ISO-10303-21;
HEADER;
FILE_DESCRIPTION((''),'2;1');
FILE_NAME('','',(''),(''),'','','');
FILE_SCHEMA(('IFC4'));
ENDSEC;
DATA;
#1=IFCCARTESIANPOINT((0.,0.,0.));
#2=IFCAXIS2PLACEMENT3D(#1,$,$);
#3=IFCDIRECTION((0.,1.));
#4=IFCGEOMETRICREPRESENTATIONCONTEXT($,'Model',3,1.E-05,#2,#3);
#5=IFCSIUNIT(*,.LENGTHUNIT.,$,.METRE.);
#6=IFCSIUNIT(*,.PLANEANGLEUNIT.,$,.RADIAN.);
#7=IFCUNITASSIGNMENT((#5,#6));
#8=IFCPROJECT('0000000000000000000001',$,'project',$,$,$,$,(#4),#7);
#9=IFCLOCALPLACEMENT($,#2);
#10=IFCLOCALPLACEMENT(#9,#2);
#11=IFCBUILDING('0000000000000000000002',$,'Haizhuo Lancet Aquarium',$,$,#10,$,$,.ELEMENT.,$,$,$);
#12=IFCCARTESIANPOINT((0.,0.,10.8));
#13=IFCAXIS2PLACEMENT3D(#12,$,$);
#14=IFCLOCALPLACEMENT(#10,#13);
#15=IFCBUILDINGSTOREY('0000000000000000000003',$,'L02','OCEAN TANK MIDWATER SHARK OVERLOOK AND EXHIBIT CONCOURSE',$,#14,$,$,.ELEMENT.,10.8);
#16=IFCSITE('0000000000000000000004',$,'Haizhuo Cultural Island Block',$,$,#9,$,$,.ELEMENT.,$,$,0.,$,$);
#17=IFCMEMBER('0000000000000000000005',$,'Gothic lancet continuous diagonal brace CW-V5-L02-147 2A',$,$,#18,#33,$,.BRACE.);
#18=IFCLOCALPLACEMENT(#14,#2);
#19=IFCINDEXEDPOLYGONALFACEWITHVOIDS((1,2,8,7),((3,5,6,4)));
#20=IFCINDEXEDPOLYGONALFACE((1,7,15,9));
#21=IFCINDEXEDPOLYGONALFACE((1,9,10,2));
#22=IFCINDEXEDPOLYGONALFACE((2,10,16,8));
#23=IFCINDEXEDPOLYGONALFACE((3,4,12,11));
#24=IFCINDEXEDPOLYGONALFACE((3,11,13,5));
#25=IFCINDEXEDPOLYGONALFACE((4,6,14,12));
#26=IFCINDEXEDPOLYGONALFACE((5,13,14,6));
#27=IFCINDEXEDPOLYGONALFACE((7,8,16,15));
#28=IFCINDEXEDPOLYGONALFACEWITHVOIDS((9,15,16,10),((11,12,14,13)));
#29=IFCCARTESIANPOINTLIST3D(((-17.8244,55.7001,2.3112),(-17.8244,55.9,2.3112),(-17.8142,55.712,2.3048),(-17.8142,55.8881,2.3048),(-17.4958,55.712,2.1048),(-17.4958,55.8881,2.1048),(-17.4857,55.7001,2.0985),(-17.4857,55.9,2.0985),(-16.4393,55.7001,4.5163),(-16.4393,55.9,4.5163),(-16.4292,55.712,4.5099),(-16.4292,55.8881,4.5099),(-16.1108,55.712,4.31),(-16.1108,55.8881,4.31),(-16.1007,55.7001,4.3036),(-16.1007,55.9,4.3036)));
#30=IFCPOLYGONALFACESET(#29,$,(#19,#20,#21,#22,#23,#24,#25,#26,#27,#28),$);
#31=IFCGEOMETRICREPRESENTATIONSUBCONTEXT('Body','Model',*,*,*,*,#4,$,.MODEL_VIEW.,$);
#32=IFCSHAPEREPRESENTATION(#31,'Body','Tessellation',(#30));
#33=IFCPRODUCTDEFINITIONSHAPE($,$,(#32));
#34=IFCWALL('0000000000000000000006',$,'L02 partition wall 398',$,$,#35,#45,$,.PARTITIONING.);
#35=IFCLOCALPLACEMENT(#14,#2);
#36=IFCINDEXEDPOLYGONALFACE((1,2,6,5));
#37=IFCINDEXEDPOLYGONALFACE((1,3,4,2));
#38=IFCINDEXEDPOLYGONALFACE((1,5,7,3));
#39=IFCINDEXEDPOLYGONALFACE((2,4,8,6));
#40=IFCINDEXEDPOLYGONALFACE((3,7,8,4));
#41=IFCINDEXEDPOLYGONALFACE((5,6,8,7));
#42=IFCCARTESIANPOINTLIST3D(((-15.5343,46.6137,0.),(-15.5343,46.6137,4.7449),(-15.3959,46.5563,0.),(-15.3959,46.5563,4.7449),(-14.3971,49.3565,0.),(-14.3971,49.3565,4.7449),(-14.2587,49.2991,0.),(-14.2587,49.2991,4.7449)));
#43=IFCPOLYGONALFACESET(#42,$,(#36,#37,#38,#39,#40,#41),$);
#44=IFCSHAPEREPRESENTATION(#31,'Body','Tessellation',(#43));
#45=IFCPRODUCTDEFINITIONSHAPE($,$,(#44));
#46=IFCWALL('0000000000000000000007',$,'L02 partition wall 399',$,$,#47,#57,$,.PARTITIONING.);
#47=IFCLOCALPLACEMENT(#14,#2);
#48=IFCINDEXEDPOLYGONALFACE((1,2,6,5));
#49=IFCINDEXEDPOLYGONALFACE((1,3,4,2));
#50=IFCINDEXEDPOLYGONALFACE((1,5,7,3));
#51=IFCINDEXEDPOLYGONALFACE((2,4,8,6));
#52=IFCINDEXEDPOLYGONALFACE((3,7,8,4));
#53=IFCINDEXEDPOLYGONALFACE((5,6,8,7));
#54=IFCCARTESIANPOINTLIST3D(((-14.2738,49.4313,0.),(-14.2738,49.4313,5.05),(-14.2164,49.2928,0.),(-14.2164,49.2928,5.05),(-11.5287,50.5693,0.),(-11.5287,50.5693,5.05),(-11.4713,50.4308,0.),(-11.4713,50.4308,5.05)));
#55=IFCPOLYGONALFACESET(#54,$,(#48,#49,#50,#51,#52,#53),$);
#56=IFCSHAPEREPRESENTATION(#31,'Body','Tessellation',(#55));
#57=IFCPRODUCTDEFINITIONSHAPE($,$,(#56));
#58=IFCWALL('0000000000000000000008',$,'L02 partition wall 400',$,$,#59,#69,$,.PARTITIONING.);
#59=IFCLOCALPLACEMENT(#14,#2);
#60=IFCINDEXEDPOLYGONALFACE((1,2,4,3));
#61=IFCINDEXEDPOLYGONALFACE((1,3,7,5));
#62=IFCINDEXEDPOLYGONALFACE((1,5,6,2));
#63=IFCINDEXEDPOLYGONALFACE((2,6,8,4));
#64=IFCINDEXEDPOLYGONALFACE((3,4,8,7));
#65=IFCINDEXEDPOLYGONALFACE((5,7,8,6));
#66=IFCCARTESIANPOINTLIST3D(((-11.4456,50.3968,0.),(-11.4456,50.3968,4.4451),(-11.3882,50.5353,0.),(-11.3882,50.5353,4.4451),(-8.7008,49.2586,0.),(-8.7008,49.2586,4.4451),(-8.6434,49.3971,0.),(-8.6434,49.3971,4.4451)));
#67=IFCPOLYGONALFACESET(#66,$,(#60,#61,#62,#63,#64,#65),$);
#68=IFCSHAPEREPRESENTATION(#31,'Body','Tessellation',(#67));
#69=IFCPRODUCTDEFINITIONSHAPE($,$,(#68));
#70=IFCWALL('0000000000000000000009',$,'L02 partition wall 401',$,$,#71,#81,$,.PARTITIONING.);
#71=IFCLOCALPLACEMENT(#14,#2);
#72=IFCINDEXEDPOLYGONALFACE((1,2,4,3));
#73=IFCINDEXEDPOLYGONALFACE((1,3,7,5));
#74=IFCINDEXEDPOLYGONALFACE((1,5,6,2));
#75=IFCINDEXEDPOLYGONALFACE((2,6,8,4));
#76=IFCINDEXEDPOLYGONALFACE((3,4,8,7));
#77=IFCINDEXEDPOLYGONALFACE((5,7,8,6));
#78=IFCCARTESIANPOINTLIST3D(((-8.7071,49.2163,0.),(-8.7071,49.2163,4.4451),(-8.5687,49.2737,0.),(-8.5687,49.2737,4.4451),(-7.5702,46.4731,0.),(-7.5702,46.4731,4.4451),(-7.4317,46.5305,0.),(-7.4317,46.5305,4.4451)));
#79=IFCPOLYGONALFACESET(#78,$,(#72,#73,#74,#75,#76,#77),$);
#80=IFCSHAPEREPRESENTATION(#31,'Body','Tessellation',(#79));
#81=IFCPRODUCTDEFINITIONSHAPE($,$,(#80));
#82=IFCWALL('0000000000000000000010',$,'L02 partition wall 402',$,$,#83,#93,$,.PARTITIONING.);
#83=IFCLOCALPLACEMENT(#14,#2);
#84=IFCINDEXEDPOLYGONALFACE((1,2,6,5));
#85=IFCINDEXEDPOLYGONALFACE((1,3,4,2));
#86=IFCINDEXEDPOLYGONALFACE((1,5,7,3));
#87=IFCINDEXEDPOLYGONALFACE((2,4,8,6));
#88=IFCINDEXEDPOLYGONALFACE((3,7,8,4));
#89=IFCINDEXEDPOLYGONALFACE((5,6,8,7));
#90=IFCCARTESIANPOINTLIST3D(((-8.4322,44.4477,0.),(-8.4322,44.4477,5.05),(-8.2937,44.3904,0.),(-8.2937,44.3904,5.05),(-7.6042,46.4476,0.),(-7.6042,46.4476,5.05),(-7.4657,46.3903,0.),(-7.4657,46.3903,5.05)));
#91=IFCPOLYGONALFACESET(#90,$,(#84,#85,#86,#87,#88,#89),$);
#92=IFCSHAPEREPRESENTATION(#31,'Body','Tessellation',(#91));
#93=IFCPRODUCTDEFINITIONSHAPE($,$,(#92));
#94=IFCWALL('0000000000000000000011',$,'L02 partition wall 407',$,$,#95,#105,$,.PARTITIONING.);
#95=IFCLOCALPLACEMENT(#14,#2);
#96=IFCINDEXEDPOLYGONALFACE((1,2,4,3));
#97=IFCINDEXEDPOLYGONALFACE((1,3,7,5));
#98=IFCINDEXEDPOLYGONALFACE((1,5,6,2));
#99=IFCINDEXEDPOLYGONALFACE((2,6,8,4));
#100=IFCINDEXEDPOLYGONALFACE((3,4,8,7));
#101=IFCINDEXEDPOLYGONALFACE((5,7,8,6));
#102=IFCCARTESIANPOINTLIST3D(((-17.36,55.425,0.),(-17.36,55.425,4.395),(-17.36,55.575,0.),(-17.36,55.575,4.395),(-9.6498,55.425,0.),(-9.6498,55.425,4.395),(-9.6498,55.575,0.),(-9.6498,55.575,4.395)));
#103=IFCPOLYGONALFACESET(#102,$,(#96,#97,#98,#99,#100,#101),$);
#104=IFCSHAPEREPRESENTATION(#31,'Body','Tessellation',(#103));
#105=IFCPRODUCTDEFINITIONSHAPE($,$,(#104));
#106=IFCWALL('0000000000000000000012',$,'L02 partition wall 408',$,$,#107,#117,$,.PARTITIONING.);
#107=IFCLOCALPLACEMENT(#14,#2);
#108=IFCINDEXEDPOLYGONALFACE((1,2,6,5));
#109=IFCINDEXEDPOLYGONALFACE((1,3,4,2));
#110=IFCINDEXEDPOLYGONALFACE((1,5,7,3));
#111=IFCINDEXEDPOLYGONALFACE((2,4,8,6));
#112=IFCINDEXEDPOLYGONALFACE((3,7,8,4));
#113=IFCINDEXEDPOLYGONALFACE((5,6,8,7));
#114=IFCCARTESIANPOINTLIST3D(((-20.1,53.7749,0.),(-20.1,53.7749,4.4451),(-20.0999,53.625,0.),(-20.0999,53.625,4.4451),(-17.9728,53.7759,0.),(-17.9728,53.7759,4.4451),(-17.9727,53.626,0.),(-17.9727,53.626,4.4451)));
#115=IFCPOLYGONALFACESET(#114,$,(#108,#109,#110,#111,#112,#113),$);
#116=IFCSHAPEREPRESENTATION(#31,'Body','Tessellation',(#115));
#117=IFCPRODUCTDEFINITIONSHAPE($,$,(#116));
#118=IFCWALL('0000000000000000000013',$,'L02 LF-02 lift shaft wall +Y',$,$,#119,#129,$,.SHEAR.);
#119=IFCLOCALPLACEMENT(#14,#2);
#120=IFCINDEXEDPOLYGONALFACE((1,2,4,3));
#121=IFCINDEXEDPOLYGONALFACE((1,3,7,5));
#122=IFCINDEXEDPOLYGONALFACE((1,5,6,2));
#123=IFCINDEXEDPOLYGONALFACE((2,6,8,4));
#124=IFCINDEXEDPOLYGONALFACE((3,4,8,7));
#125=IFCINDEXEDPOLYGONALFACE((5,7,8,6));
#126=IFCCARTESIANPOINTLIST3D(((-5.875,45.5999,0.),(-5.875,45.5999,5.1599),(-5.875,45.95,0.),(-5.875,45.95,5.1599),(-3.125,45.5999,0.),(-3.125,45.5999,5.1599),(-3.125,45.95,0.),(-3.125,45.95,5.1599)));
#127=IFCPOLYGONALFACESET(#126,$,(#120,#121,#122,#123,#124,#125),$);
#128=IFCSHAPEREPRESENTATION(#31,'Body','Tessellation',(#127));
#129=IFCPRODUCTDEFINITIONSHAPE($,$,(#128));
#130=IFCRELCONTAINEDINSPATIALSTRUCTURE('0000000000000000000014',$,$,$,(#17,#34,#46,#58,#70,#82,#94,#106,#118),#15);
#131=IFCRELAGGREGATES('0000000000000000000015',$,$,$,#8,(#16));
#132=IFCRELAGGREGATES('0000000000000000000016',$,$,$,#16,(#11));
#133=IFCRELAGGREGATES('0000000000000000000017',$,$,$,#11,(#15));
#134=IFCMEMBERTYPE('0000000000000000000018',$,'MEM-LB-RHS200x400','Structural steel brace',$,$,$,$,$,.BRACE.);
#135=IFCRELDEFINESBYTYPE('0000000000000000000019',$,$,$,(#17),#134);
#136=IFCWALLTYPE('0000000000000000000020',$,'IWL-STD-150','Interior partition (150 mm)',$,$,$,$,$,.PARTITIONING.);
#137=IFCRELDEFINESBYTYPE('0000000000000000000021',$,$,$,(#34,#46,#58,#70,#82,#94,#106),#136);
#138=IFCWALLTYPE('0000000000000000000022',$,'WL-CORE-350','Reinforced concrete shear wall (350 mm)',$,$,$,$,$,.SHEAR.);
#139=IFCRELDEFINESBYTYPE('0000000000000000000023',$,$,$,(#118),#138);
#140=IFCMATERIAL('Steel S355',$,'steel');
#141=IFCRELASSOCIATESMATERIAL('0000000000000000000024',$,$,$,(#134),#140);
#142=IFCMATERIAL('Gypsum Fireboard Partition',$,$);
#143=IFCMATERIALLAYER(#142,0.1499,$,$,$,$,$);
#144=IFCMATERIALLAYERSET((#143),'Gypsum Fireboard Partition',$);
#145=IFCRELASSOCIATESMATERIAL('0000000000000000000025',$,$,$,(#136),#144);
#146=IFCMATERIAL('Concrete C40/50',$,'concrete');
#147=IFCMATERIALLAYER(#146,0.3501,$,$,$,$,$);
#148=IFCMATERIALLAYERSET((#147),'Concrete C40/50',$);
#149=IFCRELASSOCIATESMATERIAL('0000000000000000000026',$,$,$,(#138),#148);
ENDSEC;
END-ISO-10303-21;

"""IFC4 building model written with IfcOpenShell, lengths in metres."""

from ifc_helpers import new_model, si_unit, direction, frame, frame_2d, origin, origin_2d, place, context, subcontext, project, spatial, rectangle, hollow_rectangle, extrude, material, layer, layer_set, material_profile, profile_set, type_object, element, save


model = new_model("IFC4")

# Units and contexts
model_context = context("Model", 3, precision=1e-05, world=origin(), true_north=direction((0.0, 1.0)))
body_context = subcontext(model_context, "Body", "Model", "MODEL_VIEW")
ifc_project = project(units=[si_unit("LENGTHUNIT", "METRE"), si_unit("PLANEANGLEUNIT", "RADIAN")], contexts=[model_context])

# Site, building, storey
site_placement = place(None, origin())
site = spatial("IfcSite", under=ifc_project, at=site_placement, Name="Haizhuo Cultural Island Block", CompositionType="ELEMENT", RefElevation=0.0)
building_placement = place(site_placement, origin())
building = spatial("IfcBuilding", under=site, at=building_placement, Name="Haizhuo Lancet Aquarium", CompositionType="ELEMENT")
storey_placement = place(building_placement, frame((0.0, 0.0, 10.8)))
storey = spatial("IfcBuildingStorey", under=building, at=storey_placement, Name="L02", Description="OCEAN TANK MIDWATER SHARK OVERLOOK AND EXHIBIT CONCOURSE", CompositionType="ELEMENT", Elevation=10.8)

# Shared definitions
ifc_material_1 = material(Name="Concrete C40/50", Category="concrete")

# Shared definitions
ifc_material_2 = material(Name="Steel S355", Category="steel")

# Member
ifc_material_profile_1 = material_profile(ifc_material_2, hollow_rectangle(XDim=0.2, YDim=0.3999, WallThickness=0.012, at=origin_2d()), Name="RHS 200x400x12")
ifc_profile_set_1 = profile_set([ifc_material_profile_1], Name="Steel S355")
member_type_1 = type_object("IfcMemberType", Name="MEM-LB-RHS200x400", Description="Structural steel brace", PredefinedType="BRACE", material=ifc_profile_set_1)
member_1_placement = place(storey_placement, frame((-17.655, 55.8, 2.2048), z_axis=(0.531885, 0.0, 0.846816), x_axis=(0.0, 1.0, 0.0)))
element("IfcMember", 1, at=member_1_placement, inside=storey, type_object=member_type_1, Name="Gothic lancet continuous diagonal brace CW-V5-L02-147 2A", PredefinedType="BRACE", context=body_context, shape_type="SweptSolid", body=[
    extrude(hollow_rectangle(XDim=0.2, YDim=0.3999, WallThickness=0.012, at=origin_2d()), origin(), (0.0, 0.0, 1.0), 2.604),
])

# Walls
ifc_material_3 = material(Name="Gypsum Fireboard Partition")
ifc_layer_1 = layer(ifc_material_3, 0.1499)
ifc_layer_set_1 = layer_set([ifc_layer_1], Name="Gypsum Fireboard Partition")
wall_type_1 = type_object("IfcWallType", Name="IWL-STD-150", Description="Interior partition (150 mm)", PredefinedType="PARTITIONING", material=ifc_layer_set_1)
wall_1_placement = place(storey_placement, frame((-15.4651, 46.585, 0.0), z_axis=(0.0, 0.0, 1.0), x_axis=(0.382986, 0.923754, 0.0)))
element("IfcWall", 2, at=wall_1_placement, inside=storey, type_object=wall_type_1, Name="L02 partition wall 398", PredefinedType="PARTITIONING", context=body_context, shape_type="SweptSolid", body=[
    extrude(rectangle(XDim=2.9692, YDim=0.1499, at=frame_2d((1.4846, 0.0))), origin(), (0.0, 0.0, 1.0), 4.7449),
])
wall_2_placement = place(storey_placement, frame((-14.2451, 49.3621, 0.0), z_axis=(0.0, 0.0, 1.0), x_axis=(0.923775, 0.382935, 0.0)))
element("IfcWall", 3, at=wall_2_placement, inside=storey, type_object=wall_type_1, Name="L02 partition wall 399", PredefinedType="PARTITIONING", context=body_context, shape_type="SweptSolid", body=[
    extrude(rectangle(XDim=2.9717, YDim=0.1499, at=frame_2d((1.4858, 0.0))), origin(), (0.0, 0.0, 1.0), 5.05),
])
wall_3_placement = place(storey_placement, frame((-11.417, 50.4661, 0.0), z_axis=(0.0, 0.0, 1.0), x_axis=(0.923734, -0.383034, 0.0)))
element("IfcWall", 4, at=wall_3_placement, inside=storey, type_object=wall_type_1, Name="L02 partition wall 400", PredefinedType="PARTITIONING", context=body_context, shape_type="SweptSolid", body=[
    extrude(rectangle(XDim=2.9714, YDim=0.1499, at=frame_2d((1.4858, 0.0))), origin(), (0.0, 0.0, 1.0), 4.4451),
])
wall_4_placement = place(storey_placement, frame((-8.6379, 49.2451, 0.0), z_axis=(0.0, 0.0, 1.0), x_axis=(0.382887, -0.923795, 0.0)))
element("IfcWall", 5, at=wall_4_placement, inside=storey, type_object=wall_type_1, Name="L02 partition wall 401", PredefinedType="PARTITIONING", context=body_context, shape_type="SweptSolid", body=[
    extrude(rectangle(XDim=2.9695, YDim=0.1499, at=frame_2d((1.4849, 0.0))), origin(), (0.0, 0.0, 1.0), 4.4451),
])
wall_5_placement = place(storey_placement, frame((-7.5349, 46.4189, 0.0), z_axis=(0.0, 0.0, 1.0), x_axis=(-0.382564, -0.923929, 0.0)))
element("IfcWall", 6, at=wall_5_placement, inside=storey, type_object=wall_type_1, Name="L02 partition wall 402", PredefinedType="PARTITIONING", context=body_context, shape_type="SweptSolid", body=[
    extrude(rectangle(XDim=2.1646, YDim=0.1499, at=frame_2d((1.0823, 0.0))), origin(), (0.0, 0.0, 1.0), 5.05),
])
wall_6_placement = place(storey_placement, frame((-9.6499, 55.5, 0.0), z_axis=(0.0, 0.0, 1.0), x_axis=(-1.0, 0.0, 0.0)))
element("IfcWall", 7, at=wall_6_placement, inside=storey, type_object=wall_type_1, Name="L02 partition wall 407", PredefinedType="PARTITIONING", context=body_context, shape_type="SweptSolid", body=[
    extrude(rectangle(XDim=7.7102, YDim=0.1499, at=frame_2d((3.855, 0.0))), origin(), (0.0, 0.0, 1.0), 4.395),
])
wall_7_placement = place(storey_placement, frame((-17.9729, 53.7009, 0.0), z_axis=(0.0, 0.0, 1.0), x_axis=(-1.0, -0.000459, 0.0)))
element("IfcWall", 8, at=wall_7_placement, inside=storey, type_object=wall_type_1, Name="L02 partition wall 408", PredefinedType="PARTITIONING", context=body_context, shape_type="SweptSolid", body=[
    extrude(rectangle(XDim=2.1272, YDim=0.1499, at=frame_2d((1.0635, 0.0))), origin(), (0.0, 0.0, 1.0), 4.4451),
])
ifc_layer_2 = layer(ifc_material_1, 0.3501)
ifc_layer_set_2 = layer_set([ifc_layer_2], Name="Concrete C40/50")
wall_type_2 = type_object("IfcWallType", Name="WL-CORE-350", Description="Reinforced concrete shear wall (350 mm)", PredefinedType="SHEAR", material=ifc_layer_set_2)
wall_8_placement = place(storey_placement, frame((-3.125, 45.7749, 0.0), z_axis=(0.0, 0.0, 1.0), x_axis=(-1.0, 0.0, 0.0)))
element("IfcWall", 9, at=wall_8_placement, inside=storey, type_object=wall_type_2, Name="L02 LF-02 lift shaft wall +Y", PredefinedType="SHEAR", context=body_context, shape_type="SweptSolid", body=[
    extrude(rectangle(XDim=2.75, YDim=0.3501, at=frame_2d((1.375, 0.0))), origin(), (0.0, 0.0, 1.0), 5.1599),
])

save(model, "model.ifc")
